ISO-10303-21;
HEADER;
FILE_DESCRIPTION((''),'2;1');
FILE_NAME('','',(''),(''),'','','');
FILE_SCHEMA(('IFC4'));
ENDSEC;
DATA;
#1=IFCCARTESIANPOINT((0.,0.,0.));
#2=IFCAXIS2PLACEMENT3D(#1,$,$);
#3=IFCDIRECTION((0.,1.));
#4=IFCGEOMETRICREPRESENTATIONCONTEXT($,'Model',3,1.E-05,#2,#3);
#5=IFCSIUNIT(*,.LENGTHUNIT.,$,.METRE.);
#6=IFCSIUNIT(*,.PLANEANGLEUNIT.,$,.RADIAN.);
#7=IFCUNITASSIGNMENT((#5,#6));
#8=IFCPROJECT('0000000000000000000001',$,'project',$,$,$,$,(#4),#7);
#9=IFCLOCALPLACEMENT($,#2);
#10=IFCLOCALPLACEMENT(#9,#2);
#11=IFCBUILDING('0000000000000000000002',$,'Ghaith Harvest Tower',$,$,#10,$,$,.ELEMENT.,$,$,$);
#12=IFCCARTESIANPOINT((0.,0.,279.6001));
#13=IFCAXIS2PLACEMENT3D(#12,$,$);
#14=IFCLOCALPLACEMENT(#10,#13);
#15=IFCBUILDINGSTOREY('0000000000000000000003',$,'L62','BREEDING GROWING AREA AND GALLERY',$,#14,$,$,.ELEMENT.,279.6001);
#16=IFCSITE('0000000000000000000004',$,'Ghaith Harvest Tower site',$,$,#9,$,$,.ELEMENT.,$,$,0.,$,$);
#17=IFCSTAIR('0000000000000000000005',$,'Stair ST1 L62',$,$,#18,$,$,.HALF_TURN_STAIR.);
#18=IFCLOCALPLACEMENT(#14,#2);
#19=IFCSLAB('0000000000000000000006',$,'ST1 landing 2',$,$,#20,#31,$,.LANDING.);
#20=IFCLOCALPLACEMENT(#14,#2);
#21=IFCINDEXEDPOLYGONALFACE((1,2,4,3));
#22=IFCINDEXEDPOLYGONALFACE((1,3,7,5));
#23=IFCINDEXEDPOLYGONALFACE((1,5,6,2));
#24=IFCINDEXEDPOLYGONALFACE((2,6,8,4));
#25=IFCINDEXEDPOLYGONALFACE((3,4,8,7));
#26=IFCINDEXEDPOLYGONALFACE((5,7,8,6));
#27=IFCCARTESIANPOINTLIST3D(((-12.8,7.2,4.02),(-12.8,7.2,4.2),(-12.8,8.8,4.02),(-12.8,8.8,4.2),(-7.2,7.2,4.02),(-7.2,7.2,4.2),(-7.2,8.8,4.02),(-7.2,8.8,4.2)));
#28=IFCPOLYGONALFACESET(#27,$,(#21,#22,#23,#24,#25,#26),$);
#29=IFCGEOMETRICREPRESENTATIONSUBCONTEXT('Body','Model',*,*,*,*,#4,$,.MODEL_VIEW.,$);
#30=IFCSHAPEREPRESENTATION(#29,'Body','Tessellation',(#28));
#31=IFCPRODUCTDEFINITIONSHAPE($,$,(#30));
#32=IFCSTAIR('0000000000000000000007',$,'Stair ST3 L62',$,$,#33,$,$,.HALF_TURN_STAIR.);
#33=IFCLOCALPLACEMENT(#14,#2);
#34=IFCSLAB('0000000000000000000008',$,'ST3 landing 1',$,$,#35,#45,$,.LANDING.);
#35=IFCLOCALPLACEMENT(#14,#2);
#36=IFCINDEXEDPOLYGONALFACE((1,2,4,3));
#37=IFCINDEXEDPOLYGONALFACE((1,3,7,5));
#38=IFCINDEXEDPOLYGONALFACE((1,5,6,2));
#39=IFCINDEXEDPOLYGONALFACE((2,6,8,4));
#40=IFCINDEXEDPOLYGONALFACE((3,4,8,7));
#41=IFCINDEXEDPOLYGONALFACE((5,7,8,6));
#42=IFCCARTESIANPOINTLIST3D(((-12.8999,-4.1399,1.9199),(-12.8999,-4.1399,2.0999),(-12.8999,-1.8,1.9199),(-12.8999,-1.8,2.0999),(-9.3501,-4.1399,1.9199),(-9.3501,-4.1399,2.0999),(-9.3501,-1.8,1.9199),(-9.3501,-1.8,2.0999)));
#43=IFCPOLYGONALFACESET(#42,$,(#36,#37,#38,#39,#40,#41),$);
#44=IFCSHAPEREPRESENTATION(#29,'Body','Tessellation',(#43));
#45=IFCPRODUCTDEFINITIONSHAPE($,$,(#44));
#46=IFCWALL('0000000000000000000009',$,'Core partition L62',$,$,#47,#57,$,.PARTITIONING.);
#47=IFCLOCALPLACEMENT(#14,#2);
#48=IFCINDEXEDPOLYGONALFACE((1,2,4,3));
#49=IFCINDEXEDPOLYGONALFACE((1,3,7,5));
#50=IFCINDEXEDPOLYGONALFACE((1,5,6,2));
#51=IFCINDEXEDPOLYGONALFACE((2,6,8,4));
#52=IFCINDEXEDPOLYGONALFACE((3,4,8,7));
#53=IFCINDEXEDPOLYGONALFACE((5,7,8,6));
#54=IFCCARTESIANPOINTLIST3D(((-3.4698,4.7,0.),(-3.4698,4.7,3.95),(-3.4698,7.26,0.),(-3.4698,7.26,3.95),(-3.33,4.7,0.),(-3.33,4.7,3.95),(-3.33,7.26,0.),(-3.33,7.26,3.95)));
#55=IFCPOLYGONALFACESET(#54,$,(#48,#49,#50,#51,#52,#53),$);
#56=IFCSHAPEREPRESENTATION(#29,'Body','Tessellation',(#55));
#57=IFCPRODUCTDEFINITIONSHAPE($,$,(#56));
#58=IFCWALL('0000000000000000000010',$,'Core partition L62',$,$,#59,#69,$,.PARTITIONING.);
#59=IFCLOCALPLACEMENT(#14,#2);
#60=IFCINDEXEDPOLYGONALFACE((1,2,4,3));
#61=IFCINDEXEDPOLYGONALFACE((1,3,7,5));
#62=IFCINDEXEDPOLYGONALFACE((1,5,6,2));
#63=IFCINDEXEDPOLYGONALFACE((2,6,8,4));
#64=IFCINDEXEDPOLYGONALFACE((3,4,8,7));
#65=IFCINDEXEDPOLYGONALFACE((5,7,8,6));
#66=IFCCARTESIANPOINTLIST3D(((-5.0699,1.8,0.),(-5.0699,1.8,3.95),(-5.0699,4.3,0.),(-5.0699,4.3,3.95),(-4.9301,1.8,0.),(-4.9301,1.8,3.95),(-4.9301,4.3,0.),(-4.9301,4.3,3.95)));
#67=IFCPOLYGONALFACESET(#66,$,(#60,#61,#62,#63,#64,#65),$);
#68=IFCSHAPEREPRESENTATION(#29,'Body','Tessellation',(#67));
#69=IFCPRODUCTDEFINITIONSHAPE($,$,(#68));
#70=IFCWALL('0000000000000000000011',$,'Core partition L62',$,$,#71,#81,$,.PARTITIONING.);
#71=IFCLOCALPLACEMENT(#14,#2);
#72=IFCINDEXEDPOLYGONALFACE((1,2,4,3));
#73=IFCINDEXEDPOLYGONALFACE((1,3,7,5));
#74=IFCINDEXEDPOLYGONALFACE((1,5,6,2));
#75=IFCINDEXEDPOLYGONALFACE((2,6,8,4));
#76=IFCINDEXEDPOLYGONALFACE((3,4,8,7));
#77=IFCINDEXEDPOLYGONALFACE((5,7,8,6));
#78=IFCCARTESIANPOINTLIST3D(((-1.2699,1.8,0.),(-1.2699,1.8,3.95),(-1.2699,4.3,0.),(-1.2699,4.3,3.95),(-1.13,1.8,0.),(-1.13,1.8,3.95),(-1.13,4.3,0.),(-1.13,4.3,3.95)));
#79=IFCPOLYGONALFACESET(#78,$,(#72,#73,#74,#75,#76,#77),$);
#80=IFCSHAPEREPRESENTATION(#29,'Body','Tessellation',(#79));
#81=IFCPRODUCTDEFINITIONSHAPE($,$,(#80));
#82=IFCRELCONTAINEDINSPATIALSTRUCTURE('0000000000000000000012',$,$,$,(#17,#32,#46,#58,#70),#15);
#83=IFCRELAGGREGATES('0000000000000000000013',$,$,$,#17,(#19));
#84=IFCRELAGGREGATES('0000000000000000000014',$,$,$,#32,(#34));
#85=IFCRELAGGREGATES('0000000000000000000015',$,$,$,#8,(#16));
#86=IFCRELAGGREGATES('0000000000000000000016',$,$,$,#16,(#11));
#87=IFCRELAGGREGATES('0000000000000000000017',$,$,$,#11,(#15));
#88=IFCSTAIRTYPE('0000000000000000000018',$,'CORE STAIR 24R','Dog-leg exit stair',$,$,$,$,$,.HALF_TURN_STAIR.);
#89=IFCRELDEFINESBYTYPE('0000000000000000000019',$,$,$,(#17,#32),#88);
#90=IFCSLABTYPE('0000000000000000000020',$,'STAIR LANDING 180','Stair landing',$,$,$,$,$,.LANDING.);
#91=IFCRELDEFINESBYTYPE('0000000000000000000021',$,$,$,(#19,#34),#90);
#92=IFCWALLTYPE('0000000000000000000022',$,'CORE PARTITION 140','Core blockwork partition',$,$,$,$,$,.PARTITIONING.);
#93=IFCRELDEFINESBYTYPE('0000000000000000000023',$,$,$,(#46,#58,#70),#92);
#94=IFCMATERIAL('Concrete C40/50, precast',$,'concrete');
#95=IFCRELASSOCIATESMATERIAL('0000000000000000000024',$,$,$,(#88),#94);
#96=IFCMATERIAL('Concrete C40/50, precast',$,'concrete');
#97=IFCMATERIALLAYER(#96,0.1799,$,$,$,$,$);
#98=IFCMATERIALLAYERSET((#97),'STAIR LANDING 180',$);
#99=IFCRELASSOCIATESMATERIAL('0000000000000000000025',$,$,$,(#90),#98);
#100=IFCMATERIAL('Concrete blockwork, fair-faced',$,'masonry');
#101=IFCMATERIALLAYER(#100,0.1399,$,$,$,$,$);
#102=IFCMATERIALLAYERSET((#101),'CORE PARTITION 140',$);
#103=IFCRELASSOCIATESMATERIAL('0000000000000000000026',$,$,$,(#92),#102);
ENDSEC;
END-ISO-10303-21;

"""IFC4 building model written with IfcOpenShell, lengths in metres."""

from ifc_helpers import new_model, si_unit, direction, frame, frame_2d, origin, place, context, subcontext, project, spatial, polyline, rectangle, outline, extrude, material, layer, layer_set, type_object, element, aggregate, save


model = new_model("IFC4")

# Units and contexts
model_context = context("Model", 3, precision=1e-05, world=origin(), true_north=direction((0.0, 1.0)))
body_context = subcontext(model_context, "Body", "Model", "MODEL_VIEW")
ifc_project = project(units=[si_unit("LENGTHUNIT", "METRE"), si_unit("PLANEANGLEUNIT", "RADIAN")], contexts=[model_context])

# Site, building, storey
site_placement = place(None, origin())
site = spatial("IfcSite", under=ifc_project, at=site_placement, Name="Ghaith Harvest Tower site", CompositionType="ELEMENT", RefElevation=0.0)
building_placement = place(site_placement, origin())
building = spatial("IfcBuilding", under=site, at=building_placement, Name="Ghaith Harvest Tower", CompositionType="ELEMENT")
storey_placement = place(building_placement, frame((0.0, 0.0, 279.6001)))
storey = spatial("IfcBuildingStorey", under=building, at=storey_placement, Name="L62", Description="BREEDING GROWING AREA AND GALLERY", CompositionType="ELEMENT", Elevation=279.6001)

# Stair, slab
ifc_material_1 = material(Name="Concrete C40/50, precast", Category="concrete")
stair_type = type_object("IfcStairType", Name="CORE STAIR 24R", Description="Dog-leg exit stair", PredefinedType="HALF_TURN_STAIR", material=ifc_material_1)
stair_1_placement = place(storey_placement, origin())
stair_1 = element("IfcStair", 1, at=stair_1_placement, inside=storey, type_object=stair_type, Name="Stair ST1 L62", PredefinedType="HALF_TURN_STAIR")
ifc_material_2 = material(Name="Concrete C40/50, precast", Category="concrete")
ifc_layer_1 = layer(ifc_material_2, 0.1799)
ifc_layer_set_1 = layer_set([ifc_layer_1], Name="STAIR LANDING 180")
slab_type_1 = type_object("IfcSlabType", Name="STAIR LANDING 180", Description="Stair landing", PredefinedType="LANDING", material=ifc_layer_set_1)
slab_1_placement = place(storey_placement, frame((0.0, 0.0, 4.02)))
slab_1 = element("IfcSlab", 2, at=slab_1_placement, type_object=slab_type_1, Name="ST1 landing 2", PredefinedType="LANDING", context=body_context, shape_type="SweptSolid", body=[
    extrude(outline(polyline([(-12.8, 8.8), (-12.8, 7.2), (-7.2, 7.2), (-7.2, 8.8), (-12.8, 8.8)])), origin(), (0.0, 0.0, 1.0), 0.1799),
])
aggregate(stair_1, [slab_1])

# Stair, slab
stair_2_placement = place(storey_placement, origin())
stair_2 = element("IfcStair", 3, at=stair_2_placement, inside=storey, type_object=stair_type, Name="Stair ST3 L62", PredefinedType="HALF_TURN_STAIR")
slab_2_placement = place(storey_placement, frame((0.0, 0.0, 1.9199)))
slab_2 = element("IfcSlab", 4, at=slab_2_placement, type_object=slab_type_1, Name="ST3 landing 1", PredefinedType="LANDING", context=body_context, shape_type="SweptSolid", body=[
    extrude(outline(polyline([(-12.8999, -4.1399), (-12.8999, -1.8), (-9.3501, -1.8), (-9.3501, -4.1399), (-12.8999, -4.1399)])), origin(), (0.0, 0.0, 1.0), 0.1799),
])
aggregate(stair_2, [slab_2])

# Walls
ifc_material_3 = material(Name="Concrete blockwork, fair-faced", Category="masonry")
ifc_layer_2 = layer(ifc_material_3, 0.1399)
ifc_layer_set_2 = layer_set([ifc_layer_2], Name="CORE PARTITION 140")
wall_type = type_object("IfcWallType", Name="CORE PARTITION 140", Description="Core blockwork partition", PredefinedType="PARTITIONING", material=ifc_layer_set_2)
wall_placement = place(storey_placement, frame((-3.3999, 4.7, 0.0), z_axis=(0.0, 0.0, 1.0), x_axis=(0.0, 1.0, 0.0)))
element("IfcWall", 5, at=wall_placement, inside=storey, type_object=wall_type, Name="Core partition L62", PredefinedType="PARTITIONING", context=body_context, shape_type="SweptSolid", body=[
    extrude(rectangle(XDim=2.5601, YDim=0.1399, at=frame_2d((1.28, 0.0))), origin(), (0.0, 0.0, 1.0), 3.95),
])
for number, where, z_axis, x_axis, name in (
    (6, (-5.0, 1.8, 0.0), (0.0, 0.0, 1.0), (0.0, 1.0, 0.0), "Core partition L62"),
    (7, (-1.2, 1.8, 0.0), (0.0, 0.0, 1.0), (0.0, 1.0, 0.0), "Core partition L62"),
):
    element("IfcWall", number, at=place(storey_placement, frame(where, z_axis=z_axis, x_axis=x_axis)), inside=storey, type_object=wall_type, Name=name, PredefinedType="PARTITIONING", context=body_context, shape_type="SweptSolid", body=[
        extrude(rectangle(XDim=2.5, YDim=0.1399, at=frame_2d((1.25, 0.0))), origin(), (0.0, 0.0, 1.0), 3.95),
    ])

save(model, "model.ifc")
